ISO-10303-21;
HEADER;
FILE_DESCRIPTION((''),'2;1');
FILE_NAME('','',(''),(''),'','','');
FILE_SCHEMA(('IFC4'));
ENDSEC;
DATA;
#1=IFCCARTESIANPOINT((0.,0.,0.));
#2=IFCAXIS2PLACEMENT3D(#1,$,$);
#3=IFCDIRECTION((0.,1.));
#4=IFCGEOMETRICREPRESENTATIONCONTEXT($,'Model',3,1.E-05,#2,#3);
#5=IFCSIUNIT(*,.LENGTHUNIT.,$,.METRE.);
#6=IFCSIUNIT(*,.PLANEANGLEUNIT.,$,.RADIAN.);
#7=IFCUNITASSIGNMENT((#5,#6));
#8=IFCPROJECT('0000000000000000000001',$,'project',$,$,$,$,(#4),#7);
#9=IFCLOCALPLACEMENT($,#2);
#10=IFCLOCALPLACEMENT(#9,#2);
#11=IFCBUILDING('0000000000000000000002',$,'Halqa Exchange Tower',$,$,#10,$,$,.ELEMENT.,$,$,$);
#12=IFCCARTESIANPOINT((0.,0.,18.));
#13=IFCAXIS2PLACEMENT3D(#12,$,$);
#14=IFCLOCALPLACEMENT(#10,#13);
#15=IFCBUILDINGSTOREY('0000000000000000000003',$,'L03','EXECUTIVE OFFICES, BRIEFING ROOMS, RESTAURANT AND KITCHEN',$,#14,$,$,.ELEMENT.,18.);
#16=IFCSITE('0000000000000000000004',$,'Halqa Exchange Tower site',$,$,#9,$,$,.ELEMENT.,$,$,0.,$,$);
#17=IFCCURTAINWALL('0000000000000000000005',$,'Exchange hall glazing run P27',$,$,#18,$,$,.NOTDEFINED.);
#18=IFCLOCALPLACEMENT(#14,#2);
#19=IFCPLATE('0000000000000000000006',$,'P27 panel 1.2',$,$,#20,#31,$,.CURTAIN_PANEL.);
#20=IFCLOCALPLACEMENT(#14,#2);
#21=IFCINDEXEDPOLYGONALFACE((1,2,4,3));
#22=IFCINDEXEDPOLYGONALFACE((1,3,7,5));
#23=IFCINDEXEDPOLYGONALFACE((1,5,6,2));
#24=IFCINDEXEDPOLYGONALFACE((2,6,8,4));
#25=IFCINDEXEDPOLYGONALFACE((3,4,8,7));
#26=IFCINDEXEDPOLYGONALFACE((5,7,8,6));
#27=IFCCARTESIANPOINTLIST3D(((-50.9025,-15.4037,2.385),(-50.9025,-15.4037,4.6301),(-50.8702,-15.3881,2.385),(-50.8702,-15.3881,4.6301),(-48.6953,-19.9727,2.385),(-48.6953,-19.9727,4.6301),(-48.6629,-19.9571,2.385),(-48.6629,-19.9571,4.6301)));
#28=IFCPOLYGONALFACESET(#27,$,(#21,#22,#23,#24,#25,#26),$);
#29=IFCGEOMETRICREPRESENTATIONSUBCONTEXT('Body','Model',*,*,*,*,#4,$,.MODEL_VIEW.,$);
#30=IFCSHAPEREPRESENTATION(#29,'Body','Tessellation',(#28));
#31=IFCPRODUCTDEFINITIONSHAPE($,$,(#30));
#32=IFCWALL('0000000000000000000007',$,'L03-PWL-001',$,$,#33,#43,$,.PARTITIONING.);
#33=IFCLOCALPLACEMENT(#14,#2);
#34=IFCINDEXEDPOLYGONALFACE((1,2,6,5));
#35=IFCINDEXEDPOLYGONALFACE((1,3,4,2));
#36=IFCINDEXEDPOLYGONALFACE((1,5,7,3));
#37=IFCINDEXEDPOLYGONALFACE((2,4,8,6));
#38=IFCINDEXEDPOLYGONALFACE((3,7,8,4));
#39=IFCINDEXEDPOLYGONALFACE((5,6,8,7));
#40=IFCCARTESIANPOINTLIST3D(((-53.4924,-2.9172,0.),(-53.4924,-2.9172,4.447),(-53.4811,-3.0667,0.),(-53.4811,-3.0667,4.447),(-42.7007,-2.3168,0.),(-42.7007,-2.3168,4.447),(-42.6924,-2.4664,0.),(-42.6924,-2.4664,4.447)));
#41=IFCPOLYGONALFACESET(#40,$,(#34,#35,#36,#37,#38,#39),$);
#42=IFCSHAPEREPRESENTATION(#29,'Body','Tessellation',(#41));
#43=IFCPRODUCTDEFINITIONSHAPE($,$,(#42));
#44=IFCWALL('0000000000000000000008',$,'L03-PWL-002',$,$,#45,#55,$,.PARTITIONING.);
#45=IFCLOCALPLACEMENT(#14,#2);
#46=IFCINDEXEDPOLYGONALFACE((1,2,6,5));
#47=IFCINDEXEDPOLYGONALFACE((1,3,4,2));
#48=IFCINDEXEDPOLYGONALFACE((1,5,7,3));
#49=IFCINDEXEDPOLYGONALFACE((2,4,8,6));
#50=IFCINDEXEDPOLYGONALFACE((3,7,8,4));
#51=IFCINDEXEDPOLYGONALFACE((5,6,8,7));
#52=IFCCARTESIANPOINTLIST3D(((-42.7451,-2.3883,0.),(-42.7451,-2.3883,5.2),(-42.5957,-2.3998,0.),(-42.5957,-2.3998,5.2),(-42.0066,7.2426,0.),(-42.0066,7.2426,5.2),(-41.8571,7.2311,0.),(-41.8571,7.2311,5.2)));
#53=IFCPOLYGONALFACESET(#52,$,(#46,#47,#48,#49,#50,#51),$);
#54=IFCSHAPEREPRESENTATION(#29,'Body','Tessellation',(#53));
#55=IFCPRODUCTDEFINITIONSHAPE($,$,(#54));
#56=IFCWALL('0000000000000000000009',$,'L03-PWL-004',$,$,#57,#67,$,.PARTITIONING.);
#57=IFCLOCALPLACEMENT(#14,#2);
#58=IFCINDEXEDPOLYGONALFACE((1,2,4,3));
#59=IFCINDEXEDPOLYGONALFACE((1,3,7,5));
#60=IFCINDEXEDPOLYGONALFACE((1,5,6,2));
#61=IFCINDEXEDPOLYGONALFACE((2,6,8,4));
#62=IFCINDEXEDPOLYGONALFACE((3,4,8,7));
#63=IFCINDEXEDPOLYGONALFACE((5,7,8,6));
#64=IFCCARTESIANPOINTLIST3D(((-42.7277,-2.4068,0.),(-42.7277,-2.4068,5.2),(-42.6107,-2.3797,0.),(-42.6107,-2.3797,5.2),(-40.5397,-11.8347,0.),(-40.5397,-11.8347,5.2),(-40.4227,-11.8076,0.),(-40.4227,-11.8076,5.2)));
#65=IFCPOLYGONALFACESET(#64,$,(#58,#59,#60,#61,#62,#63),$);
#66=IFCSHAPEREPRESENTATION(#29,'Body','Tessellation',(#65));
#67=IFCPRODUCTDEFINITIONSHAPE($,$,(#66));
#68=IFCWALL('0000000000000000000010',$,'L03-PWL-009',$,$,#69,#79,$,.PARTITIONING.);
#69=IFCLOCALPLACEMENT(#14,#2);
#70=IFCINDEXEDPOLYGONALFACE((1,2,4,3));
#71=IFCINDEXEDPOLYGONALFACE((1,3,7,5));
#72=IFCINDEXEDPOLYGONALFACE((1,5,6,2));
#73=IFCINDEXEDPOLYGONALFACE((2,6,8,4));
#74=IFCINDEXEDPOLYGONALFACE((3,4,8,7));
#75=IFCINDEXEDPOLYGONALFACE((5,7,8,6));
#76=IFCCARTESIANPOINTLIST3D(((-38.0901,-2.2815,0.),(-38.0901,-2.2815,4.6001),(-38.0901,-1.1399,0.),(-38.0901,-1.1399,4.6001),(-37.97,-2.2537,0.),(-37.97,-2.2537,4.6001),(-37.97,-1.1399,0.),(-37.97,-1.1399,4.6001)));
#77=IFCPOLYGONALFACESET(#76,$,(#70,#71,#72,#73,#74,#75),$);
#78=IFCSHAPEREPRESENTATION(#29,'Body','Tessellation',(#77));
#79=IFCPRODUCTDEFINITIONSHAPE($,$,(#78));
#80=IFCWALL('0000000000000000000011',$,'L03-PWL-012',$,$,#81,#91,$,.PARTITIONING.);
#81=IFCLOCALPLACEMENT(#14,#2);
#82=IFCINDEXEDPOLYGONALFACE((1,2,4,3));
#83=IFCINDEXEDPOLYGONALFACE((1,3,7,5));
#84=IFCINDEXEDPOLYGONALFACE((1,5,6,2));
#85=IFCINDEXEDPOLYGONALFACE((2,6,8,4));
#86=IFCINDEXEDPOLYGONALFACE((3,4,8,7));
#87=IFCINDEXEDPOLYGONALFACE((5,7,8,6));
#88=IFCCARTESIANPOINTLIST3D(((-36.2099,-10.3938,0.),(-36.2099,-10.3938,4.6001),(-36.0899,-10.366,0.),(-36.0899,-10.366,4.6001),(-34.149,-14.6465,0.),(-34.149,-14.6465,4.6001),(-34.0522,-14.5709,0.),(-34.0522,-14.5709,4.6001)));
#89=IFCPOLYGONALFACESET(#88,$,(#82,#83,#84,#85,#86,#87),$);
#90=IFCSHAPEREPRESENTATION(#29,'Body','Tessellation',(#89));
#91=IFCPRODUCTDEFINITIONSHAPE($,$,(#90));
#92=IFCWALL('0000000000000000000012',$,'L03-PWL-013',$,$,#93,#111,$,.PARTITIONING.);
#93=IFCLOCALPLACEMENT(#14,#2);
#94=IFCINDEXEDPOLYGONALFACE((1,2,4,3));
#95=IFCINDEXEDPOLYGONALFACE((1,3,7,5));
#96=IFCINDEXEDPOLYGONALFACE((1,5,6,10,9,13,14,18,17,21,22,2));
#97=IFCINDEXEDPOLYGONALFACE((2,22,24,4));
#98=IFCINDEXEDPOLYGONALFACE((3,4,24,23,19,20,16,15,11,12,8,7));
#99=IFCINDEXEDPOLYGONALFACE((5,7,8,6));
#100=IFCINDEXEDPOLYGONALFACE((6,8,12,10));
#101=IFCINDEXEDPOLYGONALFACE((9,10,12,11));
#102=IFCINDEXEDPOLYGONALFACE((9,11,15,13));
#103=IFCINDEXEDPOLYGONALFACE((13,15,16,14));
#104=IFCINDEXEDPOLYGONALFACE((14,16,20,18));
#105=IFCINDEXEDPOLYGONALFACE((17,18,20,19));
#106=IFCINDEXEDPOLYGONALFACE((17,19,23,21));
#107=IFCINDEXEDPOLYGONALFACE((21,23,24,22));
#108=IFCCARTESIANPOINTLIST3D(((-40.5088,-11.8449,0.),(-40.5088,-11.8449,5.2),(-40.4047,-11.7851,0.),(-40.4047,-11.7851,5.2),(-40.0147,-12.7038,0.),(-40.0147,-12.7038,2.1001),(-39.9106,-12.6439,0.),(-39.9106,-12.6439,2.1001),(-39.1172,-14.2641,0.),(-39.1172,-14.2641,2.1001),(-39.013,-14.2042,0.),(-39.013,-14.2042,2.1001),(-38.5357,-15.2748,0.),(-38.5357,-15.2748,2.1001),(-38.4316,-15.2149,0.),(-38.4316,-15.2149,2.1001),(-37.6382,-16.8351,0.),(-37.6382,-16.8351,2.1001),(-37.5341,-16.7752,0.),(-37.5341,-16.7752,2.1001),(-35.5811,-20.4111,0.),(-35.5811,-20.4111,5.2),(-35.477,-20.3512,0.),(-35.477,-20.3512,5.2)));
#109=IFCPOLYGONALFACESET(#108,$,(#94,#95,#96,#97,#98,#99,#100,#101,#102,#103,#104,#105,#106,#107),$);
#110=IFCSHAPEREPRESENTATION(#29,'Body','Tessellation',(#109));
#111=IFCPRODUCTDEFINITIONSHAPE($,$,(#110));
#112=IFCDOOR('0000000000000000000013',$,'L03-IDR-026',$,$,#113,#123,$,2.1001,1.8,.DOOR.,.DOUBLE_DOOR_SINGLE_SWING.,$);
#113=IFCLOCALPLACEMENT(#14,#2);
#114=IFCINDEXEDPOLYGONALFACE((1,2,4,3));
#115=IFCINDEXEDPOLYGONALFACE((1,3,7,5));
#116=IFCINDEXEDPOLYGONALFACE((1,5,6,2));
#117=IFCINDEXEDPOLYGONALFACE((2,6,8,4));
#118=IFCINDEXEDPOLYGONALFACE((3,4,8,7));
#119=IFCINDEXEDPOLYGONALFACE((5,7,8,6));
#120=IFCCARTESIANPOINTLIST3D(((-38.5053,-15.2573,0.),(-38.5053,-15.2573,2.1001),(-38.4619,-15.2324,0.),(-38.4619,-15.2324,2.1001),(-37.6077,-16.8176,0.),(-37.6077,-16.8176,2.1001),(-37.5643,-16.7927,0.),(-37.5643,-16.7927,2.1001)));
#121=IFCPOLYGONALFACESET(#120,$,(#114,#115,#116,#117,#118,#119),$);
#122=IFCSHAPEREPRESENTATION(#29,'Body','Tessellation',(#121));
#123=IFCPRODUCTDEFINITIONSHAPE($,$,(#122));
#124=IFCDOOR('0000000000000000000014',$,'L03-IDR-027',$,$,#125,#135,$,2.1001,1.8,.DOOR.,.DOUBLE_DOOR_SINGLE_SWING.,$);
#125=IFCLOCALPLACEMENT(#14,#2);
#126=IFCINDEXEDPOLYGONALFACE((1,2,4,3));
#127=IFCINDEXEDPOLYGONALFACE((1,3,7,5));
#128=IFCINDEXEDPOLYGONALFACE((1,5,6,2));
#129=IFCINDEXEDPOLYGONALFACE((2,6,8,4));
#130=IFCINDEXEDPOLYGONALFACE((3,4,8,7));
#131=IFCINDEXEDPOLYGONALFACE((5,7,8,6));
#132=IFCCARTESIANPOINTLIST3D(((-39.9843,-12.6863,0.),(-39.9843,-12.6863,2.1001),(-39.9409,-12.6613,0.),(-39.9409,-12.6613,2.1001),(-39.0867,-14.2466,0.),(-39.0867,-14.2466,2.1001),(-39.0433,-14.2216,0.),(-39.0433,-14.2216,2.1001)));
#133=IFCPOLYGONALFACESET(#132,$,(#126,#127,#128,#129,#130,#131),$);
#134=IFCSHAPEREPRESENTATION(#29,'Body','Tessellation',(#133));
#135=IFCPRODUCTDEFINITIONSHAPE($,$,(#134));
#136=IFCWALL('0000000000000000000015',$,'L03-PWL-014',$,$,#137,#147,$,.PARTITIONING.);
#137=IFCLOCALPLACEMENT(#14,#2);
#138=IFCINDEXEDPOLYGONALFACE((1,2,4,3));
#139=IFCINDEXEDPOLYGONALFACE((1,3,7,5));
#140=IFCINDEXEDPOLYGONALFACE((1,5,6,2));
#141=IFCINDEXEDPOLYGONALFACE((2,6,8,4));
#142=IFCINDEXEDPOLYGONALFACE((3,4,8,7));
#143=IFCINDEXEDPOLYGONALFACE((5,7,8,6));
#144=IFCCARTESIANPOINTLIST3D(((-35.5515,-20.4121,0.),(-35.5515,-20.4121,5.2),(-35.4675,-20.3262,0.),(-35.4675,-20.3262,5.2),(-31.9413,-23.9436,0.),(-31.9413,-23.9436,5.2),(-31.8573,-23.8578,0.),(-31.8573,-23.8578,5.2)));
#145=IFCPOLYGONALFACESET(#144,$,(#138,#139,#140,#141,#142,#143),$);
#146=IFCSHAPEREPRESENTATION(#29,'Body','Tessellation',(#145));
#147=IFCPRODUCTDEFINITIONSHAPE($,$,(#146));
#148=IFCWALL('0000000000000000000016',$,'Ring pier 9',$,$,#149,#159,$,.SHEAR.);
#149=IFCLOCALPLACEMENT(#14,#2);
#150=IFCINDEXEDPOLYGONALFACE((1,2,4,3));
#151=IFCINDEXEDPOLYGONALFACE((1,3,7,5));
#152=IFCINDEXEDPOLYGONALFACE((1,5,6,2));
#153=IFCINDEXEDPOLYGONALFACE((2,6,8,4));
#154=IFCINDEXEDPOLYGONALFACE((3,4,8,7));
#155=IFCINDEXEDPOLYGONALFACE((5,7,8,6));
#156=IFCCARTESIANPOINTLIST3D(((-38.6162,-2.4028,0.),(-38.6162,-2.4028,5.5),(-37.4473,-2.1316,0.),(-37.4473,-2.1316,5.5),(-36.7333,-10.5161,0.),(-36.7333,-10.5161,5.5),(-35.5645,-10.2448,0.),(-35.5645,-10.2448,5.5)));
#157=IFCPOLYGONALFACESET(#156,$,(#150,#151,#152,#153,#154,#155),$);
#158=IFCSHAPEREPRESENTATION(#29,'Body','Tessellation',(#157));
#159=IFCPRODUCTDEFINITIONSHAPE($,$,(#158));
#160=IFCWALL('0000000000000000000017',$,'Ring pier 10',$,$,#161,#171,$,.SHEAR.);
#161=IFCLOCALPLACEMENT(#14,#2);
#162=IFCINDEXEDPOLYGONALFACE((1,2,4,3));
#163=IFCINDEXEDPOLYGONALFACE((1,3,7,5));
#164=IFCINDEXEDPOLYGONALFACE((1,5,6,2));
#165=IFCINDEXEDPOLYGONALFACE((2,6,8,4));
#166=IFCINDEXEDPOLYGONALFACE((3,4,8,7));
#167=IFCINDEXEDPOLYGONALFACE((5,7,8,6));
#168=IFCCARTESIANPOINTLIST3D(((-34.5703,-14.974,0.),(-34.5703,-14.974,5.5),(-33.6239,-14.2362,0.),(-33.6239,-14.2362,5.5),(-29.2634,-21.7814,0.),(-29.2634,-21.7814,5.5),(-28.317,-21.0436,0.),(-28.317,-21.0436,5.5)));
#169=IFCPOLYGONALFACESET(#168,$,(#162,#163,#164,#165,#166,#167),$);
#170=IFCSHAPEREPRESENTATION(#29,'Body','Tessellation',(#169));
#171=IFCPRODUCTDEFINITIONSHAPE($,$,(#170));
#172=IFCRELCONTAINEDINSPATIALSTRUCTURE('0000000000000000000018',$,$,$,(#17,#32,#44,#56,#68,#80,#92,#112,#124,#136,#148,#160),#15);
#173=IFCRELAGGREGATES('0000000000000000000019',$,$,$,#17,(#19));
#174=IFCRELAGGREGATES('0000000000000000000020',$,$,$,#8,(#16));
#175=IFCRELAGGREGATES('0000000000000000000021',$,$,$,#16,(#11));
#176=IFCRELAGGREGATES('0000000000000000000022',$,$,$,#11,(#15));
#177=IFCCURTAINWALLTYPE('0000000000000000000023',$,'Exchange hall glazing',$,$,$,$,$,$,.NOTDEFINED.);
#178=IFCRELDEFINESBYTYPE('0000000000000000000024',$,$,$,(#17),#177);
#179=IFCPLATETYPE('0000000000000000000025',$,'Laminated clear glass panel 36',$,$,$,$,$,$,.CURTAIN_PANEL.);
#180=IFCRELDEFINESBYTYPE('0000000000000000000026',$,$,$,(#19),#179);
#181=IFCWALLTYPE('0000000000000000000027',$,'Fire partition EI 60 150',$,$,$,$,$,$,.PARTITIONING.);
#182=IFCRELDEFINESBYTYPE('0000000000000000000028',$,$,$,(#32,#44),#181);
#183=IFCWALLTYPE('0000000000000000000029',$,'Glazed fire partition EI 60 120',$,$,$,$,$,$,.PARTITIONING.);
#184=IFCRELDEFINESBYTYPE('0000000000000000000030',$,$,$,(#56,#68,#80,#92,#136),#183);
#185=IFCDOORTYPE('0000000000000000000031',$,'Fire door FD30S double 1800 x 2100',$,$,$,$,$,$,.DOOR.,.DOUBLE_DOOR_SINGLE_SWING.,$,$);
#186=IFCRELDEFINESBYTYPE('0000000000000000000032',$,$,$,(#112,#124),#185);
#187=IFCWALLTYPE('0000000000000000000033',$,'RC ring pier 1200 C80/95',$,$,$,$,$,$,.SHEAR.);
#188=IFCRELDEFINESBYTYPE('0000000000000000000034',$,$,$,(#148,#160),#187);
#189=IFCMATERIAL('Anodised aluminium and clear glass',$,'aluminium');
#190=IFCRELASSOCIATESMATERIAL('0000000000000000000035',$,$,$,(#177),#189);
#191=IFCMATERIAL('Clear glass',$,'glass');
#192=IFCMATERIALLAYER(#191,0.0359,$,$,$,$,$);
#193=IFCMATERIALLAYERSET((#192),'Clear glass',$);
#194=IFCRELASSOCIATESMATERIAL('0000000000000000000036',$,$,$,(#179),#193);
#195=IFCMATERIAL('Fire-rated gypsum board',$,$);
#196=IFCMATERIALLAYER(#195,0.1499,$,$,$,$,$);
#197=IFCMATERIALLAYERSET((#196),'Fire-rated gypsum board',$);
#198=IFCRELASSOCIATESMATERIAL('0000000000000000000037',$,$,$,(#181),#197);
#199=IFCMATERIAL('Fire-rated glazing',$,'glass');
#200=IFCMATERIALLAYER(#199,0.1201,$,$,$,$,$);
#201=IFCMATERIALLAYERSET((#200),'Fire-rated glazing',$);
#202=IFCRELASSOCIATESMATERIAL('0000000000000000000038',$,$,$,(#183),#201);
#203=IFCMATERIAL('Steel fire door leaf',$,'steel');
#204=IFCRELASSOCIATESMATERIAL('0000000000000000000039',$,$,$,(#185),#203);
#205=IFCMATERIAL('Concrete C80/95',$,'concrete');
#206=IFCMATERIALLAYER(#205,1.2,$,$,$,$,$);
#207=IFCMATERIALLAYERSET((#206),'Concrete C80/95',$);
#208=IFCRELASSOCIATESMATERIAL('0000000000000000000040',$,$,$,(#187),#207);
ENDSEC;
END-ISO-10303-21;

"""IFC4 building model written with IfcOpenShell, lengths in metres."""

from ifc_helpers import new_model, si_unit, direction, frame, frame_2d, origin, origin_2d, place, context, subcontext, project, spatial, polyline, rectangle, outline, extrude, material, layer, layer_set, type_object, element, fill, aggregate, save


model = new_model("IFC4")

# Units and contexts
model_context = context("Model", 3, precision=1e-05, world=origin(), true_north=direction((0.0, 1.0)))
body_context = subcontext(model_context, "Body", "Model", "MODEL_VIEW")
ifc_project = project(units=[si_unit("LENGTHUNIT", "METRE"), si_unit("PLANEANGLEUNIT", "RADIAN")], contexts=[model_context])

# Site, building, storey
site_placement = place(None, origin())
site = spatial("IfcSite", under=ifc_project, at=site_placement, Name="Halqa Exchange Tower site", CompositionType="ELEMENT", RefElevation=0.0)
building_placement = place(site_placement, origin())
building = spatial("IfcBuilding", under=site, at=building_placement, Name="Halqa Exchange Tower", CompositionType="ELEMENT")
storey_placement = place(building_placement, frame((0.0, 0.0, 18.0)))
storey = spatial("IfcBuildingStorey", under=building, at=storey_placement, Name="L03", Description="EXECUTIVE OFFICES, BRIEFING ROOMS, RESTAURANT AND KITCHEN", CompositionType="ELEMENT", Elevation=18.0)

# Curtain wall
ifc_material_1 = material(Name="Anodised aluminium and clear glass", Category="aluminium")
curtain_wall_type = type_object("IfcCurtainWallType", Name="Exchange hall glazing", PredefinedType="NOTDEFINED", material=ifc_material_1)
curtain_wall_1_placement = place(storey_placement, origin())
curtain_wall_1 = element("IfcCurtainWall", 1, at=curtain_wall_1_placement, inside=storey, type_object=curtain_wall_type, Name="Exchange hall glazing run P27", PredefinedType="NOTDEFINED")

# Plate
ifc_material_2 = material(Name="Clear glass", Category="glass")
ifc_layer_1 = layer(ifc_material_2, 0.0359)
ifc_layer_set_1 = layer_set([ifc_layer_1], Name="Clear glass")
plate_type = type_object("IfcPlateType", Name="Laminated clear glass panel 36", PredefinedType="CURTAIN_PANEL", material=ifc_layer_set_1)
plate_1_placement = place(storey_placement, frame((-49.7827, -17.6804, 2.385), z_axis=(0.0, 0.0, 1.0), x_axis=(0.43499, -0.900435, 0.0)))
plate_1 = element("IfcPlate", 2, at=plate_1_placement, type_object=plate_type, Name="P27 panel 1.2", PredefinedType="CURTAIN_PANEL", context=body_context, shape_type="SweptSolid", body=[
    extrude(rectangle(XDim=5.0742, YDim=0.0359, at=origin_2d()), origin(), (0.0, 0.0, 1.0), 2.2451),
])
aggregate(curtain_wall_1, [plate_1])

# Walls
ifc_material_3 = material(Name="Fire-rated gypsum board")
ifc_layer_2 = layer(ifc_material_3, 0.1499)
ifc_layer_set_2 = layer_set([ifc_layer_2], Name="Fire-rated gypsum board")
wall_type_1 = type_object("IfcWallType", Name="Fire partition EI 60 150", PredefinedType="PARTITIONING", material=ifc_layer_set_2)
wall_1_placement = place(storey_placement, frame((-42.6965, -2.3916, 0.0), z_axis=(0.0, 0.0, 1.0), x_axis=(-0.998456, -0.055551, 0.0)))
element("IfcWall", 3, at=wall_1_placement, inside=storey, type_object=wall_type_1, Name="L03-PWL-001", PredefinedType="PARTITIONING", context=body_context, shape_type="SweptSolid", body=[
    extrude(outline(polyline([(0.0, -0.075), (10.8083, -0.075), (10.8054, 0.075), (0.0, 0.075), (0.0, -0.075)])), origin(), (0.0, 0.0, 1.0), 4.447),
])
wall_2_placement = place(storey_placement, frame((-42.6704, -2.394, 0.0), z_axis=(0.0, 0.0, 1.0), x_axis=(0.076459, 0.997073, 0.0)))
element("IfcWall", 4, at=wall_2_placement, inside=storey, type_object=wall_type_1, Name="L03-PWL-002", PredefinedType="PARTITIONING", context=body_context, shape_type="SweptSolid", body=[
    extrude(rectangle(XDim=9.6592, YDim=0.1499, at=frame_2d((4.8296, 0.0))), origin(), (0.0, 0.0, 1.0), 5.2),
])
ifc_material_4 = material(Name="Fire-rated glazing", Category="glass")
ifc_layer_3 = layer(ifc_material_4, 0.1201)
ifc_layer_set_3 = layer_set([ifc_layer_3], Name="Fire-rated glazing")
wall_type_2 = type_object("IfcWallType", Name="Glazed fire partition EI 60 120", PredefinedType="PARTITIONING", material=ifc_layer_set_3)
wall_3_placement = place(storey_placement, frame((-40.4812, -11.8213, 0.0), z_axis=(0.0, 0.0, 1.0), x_axis=(-0.226066, 0.974112, 0.0)))
element("IfcWall", 5, at=wall_3_placement, inside=storey, type_object=wall_type_2, Name="L03-PWL-004", PredefinedType="PARTITIONING", context=body_context, shape_type="SweptSolid", body=[
    extrude(rectangle(XDim=9.6785, YDim=0.1201, at=frame_2d((4.8394, 0.0))), origin(), (0.0, 0.0, 1.0), 5.2),
])
wall_4_placement = place(storey_placement, frame((-38.03, -1.1399, 0.0), z_axis=(0.0, 0.0, 1.0), x_axis=(0.0, -1.0, 0.0)))
element("IfcWall", 6, at=wall_4_placement, inside=storey, type_object=wall_type_2, Name="L03-PWL-009", PredefinedType="PARTITIONING", context=body_context, shape_type="SweptSolid", body=[
    extrude(outline(polyline([(0.0, -0.0601), (1.1416, -0.0601), (1.1138, 0.0601), (0.0, 0.0601), (0.0, -0.0601)])), origin(), (0.0, 0.0, 1.0), 4.6001),
])
wall_5_placement = place(storey_placement, frame((-36.1499, -10.3799, 0.0), z_axis=(0.0, 0.0, 1.0), x_axis=(0.436103, -0.899897, 0.0)))
element("IfcWall", 7, at=wall_5_placement, inside=storey, type_object=wall_type_2, Name="L03-PWL-012", PredefinedType="PARTITIONING", context=body_context, shape_type="SweptSolid", body=[
    extrude(outline(polyline([(-0.0137, -0.0601), (4.7122, -0.0601), (4.6863, 0.0601), (0.0137, 0.0601), (-0.0137, -0.0601)])), origin(), (0.0, 0.0, 1.0), 4.6001),
])

# Wall, openings, doors
wall_6_placement = place(storey_placement, frame((-35.5291, -20.3811, 0.0), z_axis=(0.0, 0.0, 1.0), x_axis=(-0.498638, 0.86681, 0.0)))
wall_6 = element("IfcWall", 8, at=wall_6_placement, inside=storey, type_object=wall_type_2, Name="L03-PWL-013", PredefinedType="PARTITIONING", context=body_context, shape_type="SweptSolid", body=[
    extrude(rectangle(XDim=9.8823, YDim=0.1201, at=frame_2d((4.9412, 0.0))), origin(), (0.0, 0.0, 1.0), 5.2),
])
opening_1_placement = place(wall_6_placement, frame((4.1255, 0.0, 0.0)))
opening_1 = element("IfcOpeningElement", 9, at=opening_1_placement, cuts=wall_6, PredefinedType="OPENING", context=body_context, shape_type="SweptSolid", body=[
    extrude(rectangle(XDim=1.8, YDim=2.1001, at=frame_2d((0.8999, 1.05))), frame((0.0, 0.072, 0.0), z_axis=(0.0, -1.0, 0.0), x_axis=(1.0, 0.0, 0.0)), (0.0, 0.0, 1.0), 0.144),
])
opening_2_placement = place(wall_6_placement, frame((7.0916, 0.0, 0.0)))
opening_2 = element("IfcOpeningElement", 10, at=opening_2_placement, cuts=wall_6, PredefinedType="OPENING", context=body_context, shape_type="SweptSolid", body=[
    extrude(rectangle(XDim=1.8, YDim=2.1001, at=frame_2d((0.8999, 1.05))), frame((0.0, 0.072, 0.0), z_axis=(0.0, -1.0, 0.0), x_axis=(1.0, 0.0, 0.0)), (0.0, 0.0, 1.0), 0.144),
])
ifc_material_5 = material(Name="Steel fire door leaf", Category="steel")
door_type = type_object("IfcDoorType", Name="Fire door FD30S double 1800 x 2100", OperationType="DOUBLE_DOOR_SINGLE_SWING", PredefinedType="DOOR", material=ifc_material_5)
door_1_placement = place(opening_1_placement, origin())
door_1 = element("IfcDoor", 11, at=door_1_placement, inside=storey, type_object=door_type, Name="L03-IDR-026", OperationType="DOUBLE_DOOR_SINGLE_SWING", OverallHeight=2.1001, OverallWidth=1.8, PredefinedType="DOOR", context=body_context, shape_type="SweptSolid", body=[
    extrude(rectangle(XDim=1.8, YDim=2.1001, at=frame_2d((0.8999, 1.05))), frame((0.0, 0.0249, 0.0), z_axis=(0.0, -1.0, 0.0), x_axis=(1.0, 0.0, 0.0)), (0.0, 0.0, 1.0), 0.05),
])
fill(opening_1, door_1)
door_2_placement = place(opening_2_placement, origin())
door_2 = element("IfcDoor", 12, at=door_2_placement, inside=storey, type_object=door_type, Name="L03-IDR-027", OperationType="DOUBLE_DOOR_SINGLE_SWING", OverallHeight=2.1001, OverallWidth=1.8, PredefinedType="DOOR", context=body_context, shape_type="SweptSolid", body=[
    extrude(rectangle(XDim=1.8, YDim=2.1001, at=frame_2d((0.8999, 1.05))), frame((0.0, 0.0249, 0.0), z_axis=(0.0, -1.0, 0.0), x_axis=(1.0, 0.0, 0.0)), (0.0, 0.0, 1.0), 0.05),
])
fill(opening_2, door_2)

# Walls
wall_7_placement = place(storey_placement, frame((-35.5095, -20.3691, 0.0), z_axis=(0.0, 0.0, 1.0), x_axis=(0.714847, -0.699281, 0.0)))
element("IfcWall", 13, at=wall_7_placement, inside=storey, type_object=wall_type_2, Name="L03-PWL-014", PredefinedType="PARTITIONING", context=body_context, shape_type="SweptSolid", body=[
    extrude(rectangle(XDim=5.0503, YDim=0.1201, at=frame_2d((2.5251, 0.0))), origin(), (0.0, 0.0, 1.0), 5.2),
])
ifc_material_6 = material(Name="Concrete C80/95", Category="concrete")
ifc_layer_4 = layer(ifc_material_6, 1.2)
ifc_layer_set_4 = layer_set([ifc_layer_4], Name="Concrete C80/95")
wall_type_3 = type_object("IfcWallType", Name="RC ring pier 1200 C80/95", PredefinedType="SHEAR", material=ifc_layer_set_4)
wall_8_placement = place(storey_placement, frame((-38.0317, -2.2671, 0.0), z_axis=(0.0, 0.0, 1.0), x_axis=(0.226058, -0.974114, 0.0)))
element("IfcWall", 14, at=wall_8_placement, inside=storey, type_object=wall_type_3, Name="Ring pier 9", PredefinedType="SHEAR", context=body_context, shape_type="SweptSolid", body=[
    extrude(rectangle(XDim=8.3289, YDim=1.2, at=frame_2d((4.1646, 0.0))), origin(), (0.0, 0.0, 1.0), 5.5),
])
wall_9_placement = place(storey_placement, frame((-34.0972, -14.605, 0.0), z_axis=(0.0, 0.0, 1.0), x_axis=(0.614825, -0.788663, 0.0)))
element("IfcWall", 15, at=wall_9_placement, inside=storey, type_object=wall_type_3, Name="Ring pier 10", PredefinedType="SHEAR", context=body_context, shape_type="SweptSolid", body=[
    extrude(rectangle(XDim=8.6316, YDim=1.2, at=frame_2d((4.3159, 0.0))), origin(), (0.0, 0.0, 1.0), 5.5),
])

save(model, "model.ifc")
